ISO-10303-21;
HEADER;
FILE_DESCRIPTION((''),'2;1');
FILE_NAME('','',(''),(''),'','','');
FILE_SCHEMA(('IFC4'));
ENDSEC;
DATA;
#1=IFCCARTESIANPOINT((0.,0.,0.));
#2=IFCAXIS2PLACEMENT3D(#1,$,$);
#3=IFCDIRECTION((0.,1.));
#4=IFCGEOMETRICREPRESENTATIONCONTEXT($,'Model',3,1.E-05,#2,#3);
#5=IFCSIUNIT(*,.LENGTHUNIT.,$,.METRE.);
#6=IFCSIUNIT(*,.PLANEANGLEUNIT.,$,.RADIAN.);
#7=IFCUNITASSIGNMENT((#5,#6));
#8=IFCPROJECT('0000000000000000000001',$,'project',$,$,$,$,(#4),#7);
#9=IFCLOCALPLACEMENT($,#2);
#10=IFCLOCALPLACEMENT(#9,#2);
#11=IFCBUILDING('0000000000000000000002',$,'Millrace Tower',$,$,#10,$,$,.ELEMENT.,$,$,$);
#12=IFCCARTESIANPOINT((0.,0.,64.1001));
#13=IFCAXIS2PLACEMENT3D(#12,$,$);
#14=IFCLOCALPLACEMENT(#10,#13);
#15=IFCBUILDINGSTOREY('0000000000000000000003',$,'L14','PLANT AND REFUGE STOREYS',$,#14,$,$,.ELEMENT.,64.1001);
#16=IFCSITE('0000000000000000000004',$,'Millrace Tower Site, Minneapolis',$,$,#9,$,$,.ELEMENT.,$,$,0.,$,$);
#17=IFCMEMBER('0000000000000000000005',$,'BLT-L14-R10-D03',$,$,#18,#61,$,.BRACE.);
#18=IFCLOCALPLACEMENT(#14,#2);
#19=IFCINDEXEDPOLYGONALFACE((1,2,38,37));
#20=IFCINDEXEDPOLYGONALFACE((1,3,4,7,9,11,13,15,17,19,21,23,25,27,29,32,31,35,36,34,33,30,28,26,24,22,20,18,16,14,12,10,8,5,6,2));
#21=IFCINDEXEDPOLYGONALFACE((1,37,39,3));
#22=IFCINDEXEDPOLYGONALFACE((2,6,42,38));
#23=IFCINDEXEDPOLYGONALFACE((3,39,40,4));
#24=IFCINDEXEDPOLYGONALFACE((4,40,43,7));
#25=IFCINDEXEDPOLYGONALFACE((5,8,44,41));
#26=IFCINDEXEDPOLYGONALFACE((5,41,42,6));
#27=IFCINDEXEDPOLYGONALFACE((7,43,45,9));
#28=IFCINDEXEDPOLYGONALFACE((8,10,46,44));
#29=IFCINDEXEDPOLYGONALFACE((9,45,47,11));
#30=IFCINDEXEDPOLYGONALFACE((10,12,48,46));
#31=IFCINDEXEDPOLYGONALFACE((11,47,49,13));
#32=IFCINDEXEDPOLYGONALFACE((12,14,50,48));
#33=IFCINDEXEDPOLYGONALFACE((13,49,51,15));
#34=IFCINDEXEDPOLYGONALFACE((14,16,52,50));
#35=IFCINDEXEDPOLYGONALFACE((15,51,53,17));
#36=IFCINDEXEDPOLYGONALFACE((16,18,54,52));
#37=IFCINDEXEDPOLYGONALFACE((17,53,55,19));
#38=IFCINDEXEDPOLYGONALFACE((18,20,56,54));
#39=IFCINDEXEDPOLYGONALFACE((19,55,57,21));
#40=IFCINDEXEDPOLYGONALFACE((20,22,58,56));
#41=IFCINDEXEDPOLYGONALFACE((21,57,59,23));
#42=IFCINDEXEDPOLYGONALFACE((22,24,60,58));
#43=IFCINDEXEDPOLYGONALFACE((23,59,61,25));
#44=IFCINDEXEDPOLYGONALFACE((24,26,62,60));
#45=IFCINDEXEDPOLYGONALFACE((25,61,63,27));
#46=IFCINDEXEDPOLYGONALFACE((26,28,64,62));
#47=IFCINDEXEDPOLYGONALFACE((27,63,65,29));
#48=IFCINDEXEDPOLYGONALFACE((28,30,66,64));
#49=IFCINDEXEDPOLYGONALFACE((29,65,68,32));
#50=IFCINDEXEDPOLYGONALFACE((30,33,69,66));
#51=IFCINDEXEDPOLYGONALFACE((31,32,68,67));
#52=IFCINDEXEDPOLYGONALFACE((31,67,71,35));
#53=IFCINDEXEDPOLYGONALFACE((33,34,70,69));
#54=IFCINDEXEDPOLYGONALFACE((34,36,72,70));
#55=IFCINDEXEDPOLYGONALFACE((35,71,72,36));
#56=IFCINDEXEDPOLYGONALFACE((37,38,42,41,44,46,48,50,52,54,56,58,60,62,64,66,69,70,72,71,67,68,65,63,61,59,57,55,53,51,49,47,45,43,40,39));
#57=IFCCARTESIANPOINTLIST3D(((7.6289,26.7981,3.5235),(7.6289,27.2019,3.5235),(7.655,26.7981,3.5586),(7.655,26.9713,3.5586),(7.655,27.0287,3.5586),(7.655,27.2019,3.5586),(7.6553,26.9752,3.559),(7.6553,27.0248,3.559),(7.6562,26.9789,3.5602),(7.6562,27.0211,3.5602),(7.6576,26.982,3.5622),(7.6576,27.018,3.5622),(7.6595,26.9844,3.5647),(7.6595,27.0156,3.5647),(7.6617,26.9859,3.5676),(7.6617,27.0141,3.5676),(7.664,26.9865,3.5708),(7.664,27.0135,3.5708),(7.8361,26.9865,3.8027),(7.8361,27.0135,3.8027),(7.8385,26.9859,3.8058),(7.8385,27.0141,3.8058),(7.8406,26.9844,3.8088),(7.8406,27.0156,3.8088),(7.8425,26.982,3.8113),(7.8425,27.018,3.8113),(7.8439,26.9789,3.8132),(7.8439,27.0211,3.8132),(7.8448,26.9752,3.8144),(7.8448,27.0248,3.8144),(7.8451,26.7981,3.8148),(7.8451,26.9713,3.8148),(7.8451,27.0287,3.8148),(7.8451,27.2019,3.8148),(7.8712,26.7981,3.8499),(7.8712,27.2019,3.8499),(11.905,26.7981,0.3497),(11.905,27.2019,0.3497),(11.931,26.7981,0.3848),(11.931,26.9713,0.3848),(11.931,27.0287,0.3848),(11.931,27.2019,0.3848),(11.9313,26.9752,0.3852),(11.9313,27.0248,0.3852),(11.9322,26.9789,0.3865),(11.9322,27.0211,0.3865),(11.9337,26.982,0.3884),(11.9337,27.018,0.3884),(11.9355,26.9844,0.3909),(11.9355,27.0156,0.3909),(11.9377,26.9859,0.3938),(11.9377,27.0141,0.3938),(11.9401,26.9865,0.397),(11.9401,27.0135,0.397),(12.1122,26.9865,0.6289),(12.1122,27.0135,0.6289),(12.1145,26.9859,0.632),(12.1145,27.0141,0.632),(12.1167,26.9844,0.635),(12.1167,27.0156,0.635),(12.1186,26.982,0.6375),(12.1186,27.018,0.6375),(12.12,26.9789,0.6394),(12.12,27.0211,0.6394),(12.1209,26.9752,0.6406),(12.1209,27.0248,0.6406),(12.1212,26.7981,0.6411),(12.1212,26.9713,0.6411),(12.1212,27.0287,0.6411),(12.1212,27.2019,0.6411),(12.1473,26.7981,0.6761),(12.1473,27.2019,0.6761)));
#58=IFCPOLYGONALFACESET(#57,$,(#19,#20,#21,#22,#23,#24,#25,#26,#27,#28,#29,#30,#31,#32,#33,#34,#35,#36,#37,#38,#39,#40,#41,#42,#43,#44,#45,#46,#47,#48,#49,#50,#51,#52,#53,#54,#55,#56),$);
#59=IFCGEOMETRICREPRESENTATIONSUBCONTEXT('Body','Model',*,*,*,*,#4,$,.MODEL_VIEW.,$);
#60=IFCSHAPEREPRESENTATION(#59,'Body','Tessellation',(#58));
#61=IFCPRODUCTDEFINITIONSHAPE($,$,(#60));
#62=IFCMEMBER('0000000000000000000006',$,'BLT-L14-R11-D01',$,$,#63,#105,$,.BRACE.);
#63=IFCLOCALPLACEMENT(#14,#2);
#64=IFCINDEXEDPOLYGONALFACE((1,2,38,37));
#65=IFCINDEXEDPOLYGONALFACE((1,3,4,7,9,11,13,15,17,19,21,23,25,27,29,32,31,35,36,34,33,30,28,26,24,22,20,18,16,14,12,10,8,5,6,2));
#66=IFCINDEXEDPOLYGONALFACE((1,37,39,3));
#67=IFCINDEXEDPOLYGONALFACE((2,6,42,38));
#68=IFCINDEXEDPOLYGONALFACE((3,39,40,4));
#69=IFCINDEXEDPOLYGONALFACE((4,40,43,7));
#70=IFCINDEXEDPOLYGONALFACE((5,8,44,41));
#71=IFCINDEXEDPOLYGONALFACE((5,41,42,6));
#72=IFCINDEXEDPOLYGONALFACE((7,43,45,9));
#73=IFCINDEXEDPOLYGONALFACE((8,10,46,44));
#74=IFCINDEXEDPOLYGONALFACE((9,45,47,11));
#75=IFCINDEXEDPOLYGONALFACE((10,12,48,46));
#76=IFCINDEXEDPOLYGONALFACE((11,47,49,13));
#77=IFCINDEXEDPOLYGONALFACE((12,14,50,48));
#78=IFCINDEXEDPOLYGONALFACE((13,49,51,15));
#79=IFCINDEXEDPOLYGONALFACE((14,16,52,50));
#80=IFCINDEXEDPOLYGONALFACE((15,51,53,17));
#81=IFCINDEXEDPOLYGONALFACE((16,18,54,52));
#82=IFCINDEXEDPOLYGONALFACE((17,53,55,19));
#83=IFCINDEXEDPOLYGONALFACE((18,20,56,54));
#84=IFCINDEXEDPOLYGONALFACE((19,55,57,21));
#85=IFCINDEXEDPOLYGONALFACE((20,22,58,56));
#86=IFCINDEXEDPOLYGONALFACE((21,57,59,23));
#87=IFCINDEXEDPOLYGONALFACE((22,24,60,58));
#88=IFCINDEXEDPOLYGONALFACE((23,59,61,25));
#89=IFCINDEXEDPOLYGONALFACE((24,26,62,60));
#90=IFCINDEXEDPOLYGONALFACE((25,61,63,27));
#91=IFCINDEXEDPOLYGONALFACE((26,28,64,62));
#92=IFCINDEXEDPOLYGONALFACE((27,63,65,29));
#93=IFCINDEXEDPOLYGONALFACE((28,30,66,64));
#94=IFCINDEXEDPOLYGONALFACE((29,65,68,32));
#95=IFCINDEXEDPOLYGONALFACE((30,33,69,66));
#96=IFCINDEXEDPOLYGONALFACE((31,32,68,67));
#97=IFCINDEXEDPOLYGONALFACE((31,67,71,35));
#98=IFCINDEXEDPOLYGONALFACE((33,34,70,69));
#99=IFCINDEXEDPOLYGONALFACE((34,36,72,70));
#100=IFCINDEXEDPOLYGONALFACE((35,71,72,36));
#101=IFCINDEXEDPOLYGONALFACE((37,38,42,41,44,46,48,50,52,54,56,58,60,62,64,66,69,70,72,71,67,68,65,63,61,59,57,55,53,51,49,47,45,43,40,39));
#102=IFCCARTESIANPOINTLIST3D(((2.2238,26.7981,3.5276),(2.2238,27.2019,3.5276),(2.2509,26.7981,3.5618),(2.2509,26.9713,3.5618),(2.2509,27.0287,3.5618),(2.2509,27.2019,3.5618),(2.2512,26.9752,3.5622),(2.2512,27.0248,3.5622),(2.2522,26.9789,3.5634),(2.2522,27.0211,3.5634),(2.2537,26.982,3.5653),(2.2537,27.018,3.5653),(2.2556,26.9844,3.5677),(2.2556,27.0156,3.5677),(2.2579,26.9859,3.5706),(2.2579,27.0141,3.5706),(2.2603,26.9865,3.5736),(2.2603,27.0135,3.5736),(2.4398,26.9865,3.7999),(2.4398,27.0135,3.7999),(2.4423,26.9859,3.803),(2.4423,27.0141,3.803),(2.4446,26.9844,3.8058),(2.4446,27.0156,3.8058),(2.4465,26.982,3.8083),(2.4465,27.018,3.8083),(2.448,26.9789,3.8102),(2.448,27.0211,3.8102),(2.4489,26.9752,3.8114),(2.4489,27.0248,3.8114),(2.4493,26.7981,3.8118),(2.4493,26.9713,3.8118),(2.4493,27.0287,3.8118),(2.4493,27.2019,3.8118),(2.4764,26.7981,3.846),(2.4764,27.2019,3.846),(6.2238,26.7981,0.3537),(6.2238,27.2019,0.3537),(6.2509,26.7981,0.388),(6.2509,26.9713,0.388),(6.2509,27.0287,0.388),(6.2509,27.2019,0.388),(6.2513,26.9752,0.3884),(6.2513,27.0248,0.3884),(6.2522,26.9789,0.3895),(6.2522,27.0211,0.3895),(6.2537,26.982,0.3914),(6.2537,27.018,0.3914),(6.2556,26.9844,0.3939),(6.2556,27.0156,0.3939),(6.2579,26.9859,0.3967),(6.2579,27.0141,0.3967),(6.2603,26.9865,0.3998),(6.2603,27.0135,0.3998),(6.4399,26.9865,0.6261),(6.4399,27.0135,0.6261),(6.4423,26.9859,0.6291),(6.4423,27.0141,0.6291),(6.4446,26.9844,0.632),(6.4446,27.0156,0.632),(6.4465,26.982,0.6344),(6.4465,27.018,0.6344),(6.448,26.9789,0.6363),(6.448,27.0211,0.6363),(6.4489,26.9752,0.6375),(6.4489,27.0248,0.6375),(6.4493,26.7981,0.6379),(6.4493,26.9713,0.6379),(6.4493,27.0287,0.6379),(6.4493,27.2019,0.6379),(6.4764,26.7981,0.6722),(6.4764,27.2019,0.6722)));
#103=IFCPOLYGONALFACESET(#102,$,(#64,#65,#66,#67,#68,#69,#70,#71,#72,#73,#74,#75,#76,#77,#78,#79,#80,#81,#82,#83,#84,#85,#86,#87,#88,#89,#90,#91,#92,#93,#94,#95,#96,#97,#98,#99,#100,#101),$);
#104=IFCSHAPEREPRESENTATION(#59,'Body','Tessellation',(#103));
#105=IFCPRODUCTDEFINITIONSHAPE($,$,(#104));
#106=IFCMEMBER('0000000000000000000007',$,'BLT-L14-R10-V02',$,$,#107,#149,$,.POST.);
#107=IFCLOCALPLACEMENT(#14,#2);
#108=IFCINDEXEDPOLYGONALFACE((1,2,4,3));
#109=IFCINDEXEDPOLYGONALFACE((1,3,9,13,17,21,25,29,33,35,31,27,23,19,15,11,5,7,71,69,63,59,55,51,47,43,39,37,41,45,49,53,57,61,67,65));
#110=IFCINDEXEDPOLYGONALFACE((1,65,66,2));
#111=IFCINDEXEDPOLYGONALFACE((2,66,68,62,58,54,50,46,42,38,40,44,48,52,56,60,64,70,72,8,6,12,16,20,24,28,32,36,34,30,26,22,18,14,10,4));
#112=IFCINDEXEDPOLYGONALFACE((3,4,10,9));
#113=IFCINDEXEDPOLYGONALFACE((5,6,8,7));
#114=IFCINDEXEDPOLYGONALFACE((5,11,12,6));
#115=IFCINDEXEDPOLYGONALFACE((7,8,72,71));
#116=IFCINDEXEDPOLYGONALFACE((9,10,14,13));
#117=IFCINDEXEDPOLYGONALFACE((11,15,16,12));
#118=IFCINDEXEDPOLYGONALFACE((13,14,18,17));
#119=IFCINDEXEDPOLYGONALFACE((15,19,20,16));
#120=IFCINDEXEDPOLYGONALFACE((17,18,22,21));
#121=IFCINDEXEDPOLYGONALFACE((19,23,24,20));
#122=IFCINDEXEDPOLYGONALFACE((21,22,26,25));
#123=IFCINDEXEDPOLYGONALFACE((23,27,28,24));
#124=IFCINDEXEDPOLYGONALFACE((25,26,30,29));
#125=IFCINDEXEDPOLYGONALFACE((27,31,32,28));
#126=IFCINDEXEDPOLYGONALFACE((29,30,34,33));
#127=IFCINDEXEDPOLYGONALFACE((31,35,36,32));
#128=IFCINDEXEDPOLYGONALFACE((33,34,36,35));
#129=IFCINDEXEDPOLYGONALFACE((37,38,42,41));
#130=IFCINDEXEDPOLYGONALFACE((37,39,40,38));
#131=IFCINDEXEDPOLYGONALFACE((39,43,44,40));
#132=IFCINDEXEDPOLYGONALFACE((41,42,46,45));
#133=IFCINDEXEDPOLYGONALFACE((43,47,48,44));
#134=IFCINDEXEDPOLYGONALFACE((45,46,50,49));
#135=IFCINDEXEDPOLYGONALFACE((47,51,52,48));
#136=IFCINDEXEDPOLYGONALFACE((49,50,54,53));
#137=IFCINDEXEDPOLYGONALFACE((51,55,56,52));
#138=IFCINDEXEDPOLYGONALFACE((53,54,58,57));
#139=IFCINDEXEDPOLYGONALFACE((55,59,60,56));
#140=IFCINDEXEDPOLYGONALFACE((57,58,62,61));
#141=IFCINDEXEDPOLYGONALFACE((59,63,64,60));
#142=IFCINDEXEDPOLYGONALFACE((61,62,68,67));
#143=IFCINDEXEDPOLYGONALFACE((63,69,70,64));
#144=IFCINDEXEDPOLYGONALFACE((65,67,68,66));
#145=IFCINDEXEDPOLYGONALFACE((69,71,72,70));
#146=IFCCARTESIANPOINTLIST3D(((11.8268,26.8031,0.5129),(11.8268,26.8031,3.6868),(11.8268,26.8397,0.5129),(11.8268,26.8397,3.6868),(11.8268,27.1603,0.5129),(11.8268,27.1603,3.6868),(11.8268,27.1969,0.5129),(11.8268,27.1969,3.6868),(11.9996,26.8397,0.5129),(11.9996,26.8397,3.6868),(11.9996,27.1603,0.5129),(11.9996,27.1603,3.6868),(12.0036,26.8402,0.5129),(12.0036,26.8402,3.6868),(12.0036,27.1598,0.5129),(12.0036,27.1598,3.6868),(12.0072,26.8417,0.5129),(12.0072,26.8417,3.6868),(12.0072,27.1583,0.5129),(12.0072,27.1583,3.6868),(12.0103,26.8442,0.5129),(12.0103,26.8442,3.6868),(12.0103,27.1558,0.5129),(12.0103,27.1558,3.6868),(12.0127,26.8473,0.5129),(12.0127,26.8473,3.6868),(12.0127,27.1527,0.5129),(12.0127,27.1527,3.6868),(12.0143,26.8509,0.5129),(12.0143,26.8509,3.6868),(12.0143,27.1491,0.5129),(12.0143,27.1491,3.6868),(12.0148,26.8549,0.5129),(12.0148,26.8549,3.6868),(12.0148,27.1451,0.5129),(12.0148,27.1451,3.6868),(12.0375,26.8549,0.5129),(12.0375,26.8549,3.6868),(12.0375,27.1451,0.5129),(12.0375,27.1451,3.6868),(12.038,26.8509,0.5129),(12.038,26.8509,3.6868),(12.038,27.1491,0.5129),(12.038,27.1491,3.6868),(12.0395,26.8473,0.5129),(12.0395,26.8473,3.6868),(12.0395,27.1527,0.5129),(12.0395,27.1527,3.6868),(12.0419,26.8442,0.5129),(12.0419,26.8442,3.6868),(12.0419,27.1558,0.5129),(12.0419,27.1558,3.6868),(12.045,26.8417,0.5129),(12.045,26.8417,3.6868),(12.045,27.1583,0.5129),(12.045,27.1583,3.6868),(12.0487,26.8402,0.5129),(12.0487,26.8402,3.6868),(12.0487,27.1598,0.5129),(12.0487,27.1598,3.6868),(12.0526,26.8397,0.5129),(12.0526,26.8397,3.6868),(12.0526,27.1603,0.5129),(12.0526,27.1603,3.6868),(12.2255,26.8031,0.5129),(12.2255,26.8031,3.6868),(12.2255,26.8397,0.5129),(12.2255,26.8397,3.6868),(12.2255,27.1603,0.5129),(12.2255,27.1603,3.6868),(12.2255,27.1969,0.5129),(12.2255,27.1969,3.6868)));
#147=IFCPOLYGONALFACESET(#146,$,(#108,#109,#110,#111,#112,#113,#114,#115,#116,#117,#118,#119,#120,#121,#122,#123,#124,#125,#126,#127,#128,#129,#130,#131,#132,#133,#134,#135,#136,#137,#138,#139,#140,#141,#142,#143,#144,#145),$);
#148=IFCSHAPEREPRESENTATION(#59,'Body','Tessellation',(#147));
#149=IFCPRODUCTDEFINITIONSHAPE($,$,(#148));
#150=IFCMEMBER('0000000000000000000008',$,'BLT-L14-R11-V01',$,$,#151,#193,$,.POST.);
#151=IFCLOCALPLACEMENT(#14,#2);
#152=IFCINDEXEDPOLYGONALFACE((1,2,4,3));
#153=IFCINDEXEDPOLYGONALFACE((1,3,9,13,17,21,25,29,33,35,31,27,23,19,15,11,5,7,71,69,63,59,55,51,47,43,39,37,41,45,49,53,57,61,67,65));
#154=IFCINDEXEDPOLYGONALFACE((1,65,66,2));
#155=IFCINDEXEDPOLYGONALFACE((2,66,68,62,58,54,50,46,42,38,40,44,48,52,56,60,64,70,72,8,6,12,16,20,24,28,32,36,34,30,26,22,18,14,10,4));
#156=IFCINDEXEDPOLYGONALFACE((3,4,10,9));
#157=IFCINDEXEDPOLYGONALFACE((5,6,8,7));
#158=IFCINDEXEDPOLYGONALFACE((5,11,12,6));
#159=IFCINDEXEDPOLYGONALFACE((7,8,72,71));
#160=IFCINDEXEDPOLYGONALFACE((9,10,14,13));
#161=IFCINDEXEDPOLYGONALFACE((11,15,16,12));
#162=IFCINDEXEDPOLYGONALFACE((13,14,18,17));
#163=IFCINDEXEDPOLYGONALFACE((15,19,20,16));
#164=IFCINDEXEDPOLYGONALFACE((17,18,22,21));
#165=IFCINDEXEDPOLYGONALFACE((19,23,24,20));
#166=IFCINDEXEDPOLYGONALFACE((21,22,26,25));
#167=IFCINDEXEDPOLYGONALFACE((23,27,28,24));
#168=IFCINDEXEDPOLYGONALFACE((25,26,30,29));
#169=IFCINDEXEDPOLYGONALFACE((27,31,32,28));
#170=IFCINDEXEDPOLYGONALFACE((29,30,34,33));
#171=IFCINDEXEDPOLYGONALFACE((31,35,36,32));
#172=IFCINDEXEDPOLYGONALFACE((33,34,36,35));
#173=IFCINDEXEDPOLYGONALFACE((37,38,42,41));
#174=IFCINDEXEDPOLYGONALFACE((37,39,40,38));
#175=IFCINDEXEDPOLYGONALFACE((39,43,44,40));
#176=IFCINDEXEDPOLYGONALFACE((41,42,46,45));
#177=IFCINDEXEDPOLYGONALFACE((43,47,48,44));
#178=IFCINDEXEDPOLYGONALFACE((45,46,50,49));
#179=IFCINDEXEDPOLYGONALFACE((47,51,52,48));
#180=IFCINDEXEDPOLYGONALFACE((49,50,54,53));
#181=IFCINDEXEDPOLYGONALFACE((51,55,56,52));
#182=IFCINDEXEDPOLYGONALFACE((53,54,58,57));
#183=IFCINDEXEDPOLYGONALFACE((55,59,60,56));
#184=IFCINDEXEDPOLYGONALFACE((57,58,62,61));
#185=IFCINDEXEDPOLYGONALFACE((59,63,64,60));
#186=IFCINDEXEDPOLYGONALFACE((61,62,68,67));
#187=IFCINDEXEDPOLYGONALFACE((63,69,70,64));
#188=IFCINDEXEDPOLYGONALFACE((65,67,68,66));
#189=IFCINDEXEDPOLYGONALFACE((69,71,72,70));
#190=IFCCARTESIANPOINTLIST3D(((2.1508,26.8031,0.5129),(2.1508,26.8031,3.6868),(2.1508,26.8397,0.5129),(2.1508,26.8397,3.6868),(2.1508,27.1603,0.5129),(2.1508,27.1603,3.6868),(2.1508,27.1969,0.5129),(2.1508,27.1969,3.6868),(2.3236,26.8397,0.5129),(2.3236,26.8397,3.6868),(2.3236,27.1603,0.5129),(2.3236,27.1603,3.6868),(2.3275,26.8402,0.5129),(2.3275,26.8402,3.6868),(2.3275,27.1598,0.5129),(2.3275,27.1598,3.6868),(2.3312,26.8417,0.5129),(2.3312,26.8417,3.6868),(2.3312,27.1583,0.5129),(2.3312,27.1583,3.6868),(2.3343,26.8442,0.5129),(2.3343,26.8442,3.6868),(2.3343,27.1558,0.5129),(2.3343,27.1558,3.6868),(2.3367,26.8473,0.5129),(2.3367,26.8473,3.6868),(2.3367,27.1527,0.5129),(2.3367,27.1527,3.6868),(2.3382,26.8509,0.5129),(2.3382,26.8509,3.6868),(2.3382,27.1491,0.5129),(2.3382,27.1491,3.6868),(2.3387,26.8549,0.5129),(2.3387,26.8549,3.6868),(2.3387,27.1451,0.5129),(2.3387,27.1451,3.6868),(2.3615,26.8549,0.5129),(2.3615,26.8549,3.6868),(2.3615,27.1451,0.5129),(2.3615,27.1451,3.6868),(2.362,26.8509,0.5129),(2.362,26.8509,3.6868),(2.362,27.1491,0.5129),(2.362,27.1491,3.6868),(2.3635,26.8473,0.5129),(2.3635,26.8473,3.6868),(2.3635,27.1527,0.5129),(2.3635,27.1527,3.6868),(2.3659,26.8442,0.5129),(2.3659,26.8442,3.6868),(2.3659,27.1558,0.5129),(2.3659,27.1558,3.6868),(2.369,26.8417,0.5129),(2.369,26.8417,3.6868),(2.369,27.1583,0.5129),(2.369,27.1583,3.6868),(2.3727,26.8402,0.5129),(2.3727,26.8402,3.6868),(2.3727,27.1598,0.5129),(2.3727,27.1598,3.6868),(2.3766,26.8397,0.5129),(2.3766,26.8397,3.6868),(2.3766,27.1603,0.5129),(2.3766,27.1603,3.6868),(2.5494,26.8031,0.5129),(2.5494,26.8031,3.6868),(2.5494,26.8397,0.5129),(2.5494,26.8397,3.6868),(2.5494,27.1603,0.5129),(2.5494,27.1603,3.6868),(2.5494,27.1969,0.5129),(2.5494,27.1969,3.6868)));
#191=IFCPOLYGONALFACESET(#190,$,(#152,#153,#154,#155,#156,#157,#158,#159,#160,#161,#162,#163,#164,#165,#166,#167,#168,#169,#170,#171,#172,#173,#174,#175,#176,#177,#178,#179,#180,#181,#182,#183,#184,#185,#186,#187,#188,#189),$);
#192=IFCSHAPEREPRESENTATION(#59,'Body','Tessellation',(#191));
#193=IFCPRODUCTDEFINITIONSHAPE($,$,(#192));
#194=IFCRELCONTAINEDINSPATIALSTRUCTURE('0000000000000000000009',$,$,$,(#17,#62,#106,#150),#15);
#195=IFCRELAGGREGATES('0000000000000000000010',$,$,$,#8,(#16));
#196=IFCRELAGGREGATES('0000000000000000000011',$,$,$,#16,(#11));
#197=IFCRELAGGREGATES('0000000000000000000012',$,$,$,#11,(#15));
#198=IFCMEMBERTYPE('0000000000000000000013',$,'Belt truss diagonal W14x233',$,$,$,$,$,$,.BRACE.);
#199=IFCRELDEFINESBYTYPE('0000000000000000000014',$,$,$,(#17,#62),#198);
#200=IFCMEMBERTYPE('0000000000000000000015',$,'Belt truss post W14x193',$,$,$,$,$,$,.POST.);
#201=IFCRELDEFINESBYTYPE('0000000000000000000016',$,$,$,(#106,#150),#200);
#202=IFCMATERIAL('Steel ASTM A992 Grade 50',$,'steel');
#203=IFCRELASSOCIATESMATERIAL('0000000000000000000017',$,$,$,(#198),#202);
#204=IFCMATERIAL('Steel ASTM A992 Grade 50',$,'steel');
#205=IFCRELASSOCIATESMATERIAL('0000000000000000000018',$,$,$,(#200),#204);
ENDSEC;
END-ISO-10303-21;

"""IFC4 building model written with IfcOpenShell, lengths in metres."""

from ifc_helpers import new_model, si_unit, direction, frame, origin, origin_2d, place, context, subcontext, project, spatial, i_section, extrude, material, material_profile, profile_set, type_object, element, save


model = new_model("IFC4")

# Units and contexts
model_context = context("Model", 3, precision=1e-05, world=origin(), true_north=direction((0.0, 1.0)))
body_context = subcontext(model_context, "Body", "Model", "MODEL_VIEW")
ifc_project = project(units=[si_unit("LENGTHUNIT", "METRE"), si_unit("PLANEANGLEUNIT", "RADIAN")], contexts=[model_context])

# Site, building, storey
site_placement = place(None, origin())
site = spatial("IfcSite", under=ifc_project, at=site_placement, Name="Millrace Tower Site, Minneapolis", CompositionType="ELEMENT", RefElevation=0.0)
building_placement = place(site_placement, origin())
building = spatial("IfcBuilding", under=site, at=building_placement, Name="Millrace Tower", CompositionType="ELEMENT")
storey_placement = place(building_placement, frame((0.0, 0.0, 64.1001)))
storey = spatial("IfcBuildingStorey", under=building, at=storey_placement, Name="L14", Description="PLANT AND REFUGE STOREYS", CompositionType="ELEMENT", Elevation=64.1001)

# Members
ifc_material_1 = material(Name="Steel ASTM A992 Grade 50", Category="steel")
ifc_material_profile_1 = material_profile(ifc_material_1, i_section(OverallWidth=0.4038, OverallDepth=0.4065, WebThickness=0.0271, FlangeThickness=0.0437, FilletRadius=0.0151, at=origin_2d()))
ifc_profile_set_1 = profile_set([ifc_material_profile_1], Name="Steel ASTM A992 Grade 50")
member_type_1 = type_object("IfcMemberType", Name="Belt truss diagonal W14x233", PredefinedType="BRACE", material=ifc_profile_set_1)
member_1_placement = place(storey_placement, frame((12.0261, 27.0, 0.5129), z_axis=(-0.802988, 0.0, 0.595995), x_axis=(0.0, -1.0, 0.0)))
element("IfcMember", 1, at=member_1_placement, inside=storey, type_object=member_type_1, Name="BLT-L14-R10-D03", PredefinedType="BRACE", context=body_context, shape_type="SweptSolid", body=[
    extrude(i_section(OverallWidth=0.4038, OverallDepth=0.4065, WebThickness=0.0271, FlangeThickness=0.0437, FilletRadius=0.0151, at=origin_2d()), origin(), (0.0, 0.0, 1.0), 5.3252),
])
member_2_placement = place(storey_placement, frame((6.3501, 27.0, 0.5129), z_axis=(-0.783363, 0.0, 0.621565), x_axis=(0.0, -1.0, 0.0)))
element("IfcMember", 2, at=member_2_placement, inside=storey, type_object=member_type_1, Name="BLT-L14-R11-D01", PredefinedType="BRACE", context=body_context, shape_type="SweptSolid", body=[
    extrude(i_section(OverallWidth=0.4038, OverallDepth=0.4065, WebThickness=0.0271, FlangeThickness=0.0437, FilletRadius=0.0151, at=origin_2d()), origin(), (0.0, 0.0, 1.0), 5.1062),
])
ifc_material_2 = material(Name="Steel ASTM A992 Grade 50", Category="steel")
ifc_material_profile_2 = material_profile(ifc_material_2, i_section(OverallWidth=0.3987, OverallDepth=0.3938, WebThickness=0.0227, FlangeThickness=0.0366, FilletRadius=0.0151, at=origin_2d()))
ifc_profile_set_2 = profile_set([ifc_material_profile_2], Name="Steel ASTM A992 Grade 50")
member_type_2 = type_object("IfcMemberType", Name="Belt truss post W14x193", PredefinedType="POST", material=ifc_profile_set_2)
for number, where, z_axis, x_axis, name in (
    (3, (12.0261, 27.0, 0.5129), (0.0, 0.0, 1.0), (1.0, 0.0, 0.0), "BLT-L14-R10-V02"),
    (4, (2.3501, 27.0, 0.5129), (0.0, 0.0, 1.0), (1.0, 0.0, 0.0), "BLT-L14-R11-V01"),
):
    element("IfcMember", number, at=place(storey_placement, frame(where, z_axis=z_axis, x_axis=x_axis)), inside=storey, type_object=member_type_2, Name=name, PredefinedType="POST", context=body_context, shape_type="SweptSolid", body=[
        extrude(i_section(OverallWidth=0.3987, OverallDepth=0.3938, WebThickness=0.0227, FlangeThickness=0.0366, FilletRadius=0.0151, at=origin_2d()), origin(), (0.0, 0.0, 1.0), 3.1738),
    ])

save(model, "model.ifc")
